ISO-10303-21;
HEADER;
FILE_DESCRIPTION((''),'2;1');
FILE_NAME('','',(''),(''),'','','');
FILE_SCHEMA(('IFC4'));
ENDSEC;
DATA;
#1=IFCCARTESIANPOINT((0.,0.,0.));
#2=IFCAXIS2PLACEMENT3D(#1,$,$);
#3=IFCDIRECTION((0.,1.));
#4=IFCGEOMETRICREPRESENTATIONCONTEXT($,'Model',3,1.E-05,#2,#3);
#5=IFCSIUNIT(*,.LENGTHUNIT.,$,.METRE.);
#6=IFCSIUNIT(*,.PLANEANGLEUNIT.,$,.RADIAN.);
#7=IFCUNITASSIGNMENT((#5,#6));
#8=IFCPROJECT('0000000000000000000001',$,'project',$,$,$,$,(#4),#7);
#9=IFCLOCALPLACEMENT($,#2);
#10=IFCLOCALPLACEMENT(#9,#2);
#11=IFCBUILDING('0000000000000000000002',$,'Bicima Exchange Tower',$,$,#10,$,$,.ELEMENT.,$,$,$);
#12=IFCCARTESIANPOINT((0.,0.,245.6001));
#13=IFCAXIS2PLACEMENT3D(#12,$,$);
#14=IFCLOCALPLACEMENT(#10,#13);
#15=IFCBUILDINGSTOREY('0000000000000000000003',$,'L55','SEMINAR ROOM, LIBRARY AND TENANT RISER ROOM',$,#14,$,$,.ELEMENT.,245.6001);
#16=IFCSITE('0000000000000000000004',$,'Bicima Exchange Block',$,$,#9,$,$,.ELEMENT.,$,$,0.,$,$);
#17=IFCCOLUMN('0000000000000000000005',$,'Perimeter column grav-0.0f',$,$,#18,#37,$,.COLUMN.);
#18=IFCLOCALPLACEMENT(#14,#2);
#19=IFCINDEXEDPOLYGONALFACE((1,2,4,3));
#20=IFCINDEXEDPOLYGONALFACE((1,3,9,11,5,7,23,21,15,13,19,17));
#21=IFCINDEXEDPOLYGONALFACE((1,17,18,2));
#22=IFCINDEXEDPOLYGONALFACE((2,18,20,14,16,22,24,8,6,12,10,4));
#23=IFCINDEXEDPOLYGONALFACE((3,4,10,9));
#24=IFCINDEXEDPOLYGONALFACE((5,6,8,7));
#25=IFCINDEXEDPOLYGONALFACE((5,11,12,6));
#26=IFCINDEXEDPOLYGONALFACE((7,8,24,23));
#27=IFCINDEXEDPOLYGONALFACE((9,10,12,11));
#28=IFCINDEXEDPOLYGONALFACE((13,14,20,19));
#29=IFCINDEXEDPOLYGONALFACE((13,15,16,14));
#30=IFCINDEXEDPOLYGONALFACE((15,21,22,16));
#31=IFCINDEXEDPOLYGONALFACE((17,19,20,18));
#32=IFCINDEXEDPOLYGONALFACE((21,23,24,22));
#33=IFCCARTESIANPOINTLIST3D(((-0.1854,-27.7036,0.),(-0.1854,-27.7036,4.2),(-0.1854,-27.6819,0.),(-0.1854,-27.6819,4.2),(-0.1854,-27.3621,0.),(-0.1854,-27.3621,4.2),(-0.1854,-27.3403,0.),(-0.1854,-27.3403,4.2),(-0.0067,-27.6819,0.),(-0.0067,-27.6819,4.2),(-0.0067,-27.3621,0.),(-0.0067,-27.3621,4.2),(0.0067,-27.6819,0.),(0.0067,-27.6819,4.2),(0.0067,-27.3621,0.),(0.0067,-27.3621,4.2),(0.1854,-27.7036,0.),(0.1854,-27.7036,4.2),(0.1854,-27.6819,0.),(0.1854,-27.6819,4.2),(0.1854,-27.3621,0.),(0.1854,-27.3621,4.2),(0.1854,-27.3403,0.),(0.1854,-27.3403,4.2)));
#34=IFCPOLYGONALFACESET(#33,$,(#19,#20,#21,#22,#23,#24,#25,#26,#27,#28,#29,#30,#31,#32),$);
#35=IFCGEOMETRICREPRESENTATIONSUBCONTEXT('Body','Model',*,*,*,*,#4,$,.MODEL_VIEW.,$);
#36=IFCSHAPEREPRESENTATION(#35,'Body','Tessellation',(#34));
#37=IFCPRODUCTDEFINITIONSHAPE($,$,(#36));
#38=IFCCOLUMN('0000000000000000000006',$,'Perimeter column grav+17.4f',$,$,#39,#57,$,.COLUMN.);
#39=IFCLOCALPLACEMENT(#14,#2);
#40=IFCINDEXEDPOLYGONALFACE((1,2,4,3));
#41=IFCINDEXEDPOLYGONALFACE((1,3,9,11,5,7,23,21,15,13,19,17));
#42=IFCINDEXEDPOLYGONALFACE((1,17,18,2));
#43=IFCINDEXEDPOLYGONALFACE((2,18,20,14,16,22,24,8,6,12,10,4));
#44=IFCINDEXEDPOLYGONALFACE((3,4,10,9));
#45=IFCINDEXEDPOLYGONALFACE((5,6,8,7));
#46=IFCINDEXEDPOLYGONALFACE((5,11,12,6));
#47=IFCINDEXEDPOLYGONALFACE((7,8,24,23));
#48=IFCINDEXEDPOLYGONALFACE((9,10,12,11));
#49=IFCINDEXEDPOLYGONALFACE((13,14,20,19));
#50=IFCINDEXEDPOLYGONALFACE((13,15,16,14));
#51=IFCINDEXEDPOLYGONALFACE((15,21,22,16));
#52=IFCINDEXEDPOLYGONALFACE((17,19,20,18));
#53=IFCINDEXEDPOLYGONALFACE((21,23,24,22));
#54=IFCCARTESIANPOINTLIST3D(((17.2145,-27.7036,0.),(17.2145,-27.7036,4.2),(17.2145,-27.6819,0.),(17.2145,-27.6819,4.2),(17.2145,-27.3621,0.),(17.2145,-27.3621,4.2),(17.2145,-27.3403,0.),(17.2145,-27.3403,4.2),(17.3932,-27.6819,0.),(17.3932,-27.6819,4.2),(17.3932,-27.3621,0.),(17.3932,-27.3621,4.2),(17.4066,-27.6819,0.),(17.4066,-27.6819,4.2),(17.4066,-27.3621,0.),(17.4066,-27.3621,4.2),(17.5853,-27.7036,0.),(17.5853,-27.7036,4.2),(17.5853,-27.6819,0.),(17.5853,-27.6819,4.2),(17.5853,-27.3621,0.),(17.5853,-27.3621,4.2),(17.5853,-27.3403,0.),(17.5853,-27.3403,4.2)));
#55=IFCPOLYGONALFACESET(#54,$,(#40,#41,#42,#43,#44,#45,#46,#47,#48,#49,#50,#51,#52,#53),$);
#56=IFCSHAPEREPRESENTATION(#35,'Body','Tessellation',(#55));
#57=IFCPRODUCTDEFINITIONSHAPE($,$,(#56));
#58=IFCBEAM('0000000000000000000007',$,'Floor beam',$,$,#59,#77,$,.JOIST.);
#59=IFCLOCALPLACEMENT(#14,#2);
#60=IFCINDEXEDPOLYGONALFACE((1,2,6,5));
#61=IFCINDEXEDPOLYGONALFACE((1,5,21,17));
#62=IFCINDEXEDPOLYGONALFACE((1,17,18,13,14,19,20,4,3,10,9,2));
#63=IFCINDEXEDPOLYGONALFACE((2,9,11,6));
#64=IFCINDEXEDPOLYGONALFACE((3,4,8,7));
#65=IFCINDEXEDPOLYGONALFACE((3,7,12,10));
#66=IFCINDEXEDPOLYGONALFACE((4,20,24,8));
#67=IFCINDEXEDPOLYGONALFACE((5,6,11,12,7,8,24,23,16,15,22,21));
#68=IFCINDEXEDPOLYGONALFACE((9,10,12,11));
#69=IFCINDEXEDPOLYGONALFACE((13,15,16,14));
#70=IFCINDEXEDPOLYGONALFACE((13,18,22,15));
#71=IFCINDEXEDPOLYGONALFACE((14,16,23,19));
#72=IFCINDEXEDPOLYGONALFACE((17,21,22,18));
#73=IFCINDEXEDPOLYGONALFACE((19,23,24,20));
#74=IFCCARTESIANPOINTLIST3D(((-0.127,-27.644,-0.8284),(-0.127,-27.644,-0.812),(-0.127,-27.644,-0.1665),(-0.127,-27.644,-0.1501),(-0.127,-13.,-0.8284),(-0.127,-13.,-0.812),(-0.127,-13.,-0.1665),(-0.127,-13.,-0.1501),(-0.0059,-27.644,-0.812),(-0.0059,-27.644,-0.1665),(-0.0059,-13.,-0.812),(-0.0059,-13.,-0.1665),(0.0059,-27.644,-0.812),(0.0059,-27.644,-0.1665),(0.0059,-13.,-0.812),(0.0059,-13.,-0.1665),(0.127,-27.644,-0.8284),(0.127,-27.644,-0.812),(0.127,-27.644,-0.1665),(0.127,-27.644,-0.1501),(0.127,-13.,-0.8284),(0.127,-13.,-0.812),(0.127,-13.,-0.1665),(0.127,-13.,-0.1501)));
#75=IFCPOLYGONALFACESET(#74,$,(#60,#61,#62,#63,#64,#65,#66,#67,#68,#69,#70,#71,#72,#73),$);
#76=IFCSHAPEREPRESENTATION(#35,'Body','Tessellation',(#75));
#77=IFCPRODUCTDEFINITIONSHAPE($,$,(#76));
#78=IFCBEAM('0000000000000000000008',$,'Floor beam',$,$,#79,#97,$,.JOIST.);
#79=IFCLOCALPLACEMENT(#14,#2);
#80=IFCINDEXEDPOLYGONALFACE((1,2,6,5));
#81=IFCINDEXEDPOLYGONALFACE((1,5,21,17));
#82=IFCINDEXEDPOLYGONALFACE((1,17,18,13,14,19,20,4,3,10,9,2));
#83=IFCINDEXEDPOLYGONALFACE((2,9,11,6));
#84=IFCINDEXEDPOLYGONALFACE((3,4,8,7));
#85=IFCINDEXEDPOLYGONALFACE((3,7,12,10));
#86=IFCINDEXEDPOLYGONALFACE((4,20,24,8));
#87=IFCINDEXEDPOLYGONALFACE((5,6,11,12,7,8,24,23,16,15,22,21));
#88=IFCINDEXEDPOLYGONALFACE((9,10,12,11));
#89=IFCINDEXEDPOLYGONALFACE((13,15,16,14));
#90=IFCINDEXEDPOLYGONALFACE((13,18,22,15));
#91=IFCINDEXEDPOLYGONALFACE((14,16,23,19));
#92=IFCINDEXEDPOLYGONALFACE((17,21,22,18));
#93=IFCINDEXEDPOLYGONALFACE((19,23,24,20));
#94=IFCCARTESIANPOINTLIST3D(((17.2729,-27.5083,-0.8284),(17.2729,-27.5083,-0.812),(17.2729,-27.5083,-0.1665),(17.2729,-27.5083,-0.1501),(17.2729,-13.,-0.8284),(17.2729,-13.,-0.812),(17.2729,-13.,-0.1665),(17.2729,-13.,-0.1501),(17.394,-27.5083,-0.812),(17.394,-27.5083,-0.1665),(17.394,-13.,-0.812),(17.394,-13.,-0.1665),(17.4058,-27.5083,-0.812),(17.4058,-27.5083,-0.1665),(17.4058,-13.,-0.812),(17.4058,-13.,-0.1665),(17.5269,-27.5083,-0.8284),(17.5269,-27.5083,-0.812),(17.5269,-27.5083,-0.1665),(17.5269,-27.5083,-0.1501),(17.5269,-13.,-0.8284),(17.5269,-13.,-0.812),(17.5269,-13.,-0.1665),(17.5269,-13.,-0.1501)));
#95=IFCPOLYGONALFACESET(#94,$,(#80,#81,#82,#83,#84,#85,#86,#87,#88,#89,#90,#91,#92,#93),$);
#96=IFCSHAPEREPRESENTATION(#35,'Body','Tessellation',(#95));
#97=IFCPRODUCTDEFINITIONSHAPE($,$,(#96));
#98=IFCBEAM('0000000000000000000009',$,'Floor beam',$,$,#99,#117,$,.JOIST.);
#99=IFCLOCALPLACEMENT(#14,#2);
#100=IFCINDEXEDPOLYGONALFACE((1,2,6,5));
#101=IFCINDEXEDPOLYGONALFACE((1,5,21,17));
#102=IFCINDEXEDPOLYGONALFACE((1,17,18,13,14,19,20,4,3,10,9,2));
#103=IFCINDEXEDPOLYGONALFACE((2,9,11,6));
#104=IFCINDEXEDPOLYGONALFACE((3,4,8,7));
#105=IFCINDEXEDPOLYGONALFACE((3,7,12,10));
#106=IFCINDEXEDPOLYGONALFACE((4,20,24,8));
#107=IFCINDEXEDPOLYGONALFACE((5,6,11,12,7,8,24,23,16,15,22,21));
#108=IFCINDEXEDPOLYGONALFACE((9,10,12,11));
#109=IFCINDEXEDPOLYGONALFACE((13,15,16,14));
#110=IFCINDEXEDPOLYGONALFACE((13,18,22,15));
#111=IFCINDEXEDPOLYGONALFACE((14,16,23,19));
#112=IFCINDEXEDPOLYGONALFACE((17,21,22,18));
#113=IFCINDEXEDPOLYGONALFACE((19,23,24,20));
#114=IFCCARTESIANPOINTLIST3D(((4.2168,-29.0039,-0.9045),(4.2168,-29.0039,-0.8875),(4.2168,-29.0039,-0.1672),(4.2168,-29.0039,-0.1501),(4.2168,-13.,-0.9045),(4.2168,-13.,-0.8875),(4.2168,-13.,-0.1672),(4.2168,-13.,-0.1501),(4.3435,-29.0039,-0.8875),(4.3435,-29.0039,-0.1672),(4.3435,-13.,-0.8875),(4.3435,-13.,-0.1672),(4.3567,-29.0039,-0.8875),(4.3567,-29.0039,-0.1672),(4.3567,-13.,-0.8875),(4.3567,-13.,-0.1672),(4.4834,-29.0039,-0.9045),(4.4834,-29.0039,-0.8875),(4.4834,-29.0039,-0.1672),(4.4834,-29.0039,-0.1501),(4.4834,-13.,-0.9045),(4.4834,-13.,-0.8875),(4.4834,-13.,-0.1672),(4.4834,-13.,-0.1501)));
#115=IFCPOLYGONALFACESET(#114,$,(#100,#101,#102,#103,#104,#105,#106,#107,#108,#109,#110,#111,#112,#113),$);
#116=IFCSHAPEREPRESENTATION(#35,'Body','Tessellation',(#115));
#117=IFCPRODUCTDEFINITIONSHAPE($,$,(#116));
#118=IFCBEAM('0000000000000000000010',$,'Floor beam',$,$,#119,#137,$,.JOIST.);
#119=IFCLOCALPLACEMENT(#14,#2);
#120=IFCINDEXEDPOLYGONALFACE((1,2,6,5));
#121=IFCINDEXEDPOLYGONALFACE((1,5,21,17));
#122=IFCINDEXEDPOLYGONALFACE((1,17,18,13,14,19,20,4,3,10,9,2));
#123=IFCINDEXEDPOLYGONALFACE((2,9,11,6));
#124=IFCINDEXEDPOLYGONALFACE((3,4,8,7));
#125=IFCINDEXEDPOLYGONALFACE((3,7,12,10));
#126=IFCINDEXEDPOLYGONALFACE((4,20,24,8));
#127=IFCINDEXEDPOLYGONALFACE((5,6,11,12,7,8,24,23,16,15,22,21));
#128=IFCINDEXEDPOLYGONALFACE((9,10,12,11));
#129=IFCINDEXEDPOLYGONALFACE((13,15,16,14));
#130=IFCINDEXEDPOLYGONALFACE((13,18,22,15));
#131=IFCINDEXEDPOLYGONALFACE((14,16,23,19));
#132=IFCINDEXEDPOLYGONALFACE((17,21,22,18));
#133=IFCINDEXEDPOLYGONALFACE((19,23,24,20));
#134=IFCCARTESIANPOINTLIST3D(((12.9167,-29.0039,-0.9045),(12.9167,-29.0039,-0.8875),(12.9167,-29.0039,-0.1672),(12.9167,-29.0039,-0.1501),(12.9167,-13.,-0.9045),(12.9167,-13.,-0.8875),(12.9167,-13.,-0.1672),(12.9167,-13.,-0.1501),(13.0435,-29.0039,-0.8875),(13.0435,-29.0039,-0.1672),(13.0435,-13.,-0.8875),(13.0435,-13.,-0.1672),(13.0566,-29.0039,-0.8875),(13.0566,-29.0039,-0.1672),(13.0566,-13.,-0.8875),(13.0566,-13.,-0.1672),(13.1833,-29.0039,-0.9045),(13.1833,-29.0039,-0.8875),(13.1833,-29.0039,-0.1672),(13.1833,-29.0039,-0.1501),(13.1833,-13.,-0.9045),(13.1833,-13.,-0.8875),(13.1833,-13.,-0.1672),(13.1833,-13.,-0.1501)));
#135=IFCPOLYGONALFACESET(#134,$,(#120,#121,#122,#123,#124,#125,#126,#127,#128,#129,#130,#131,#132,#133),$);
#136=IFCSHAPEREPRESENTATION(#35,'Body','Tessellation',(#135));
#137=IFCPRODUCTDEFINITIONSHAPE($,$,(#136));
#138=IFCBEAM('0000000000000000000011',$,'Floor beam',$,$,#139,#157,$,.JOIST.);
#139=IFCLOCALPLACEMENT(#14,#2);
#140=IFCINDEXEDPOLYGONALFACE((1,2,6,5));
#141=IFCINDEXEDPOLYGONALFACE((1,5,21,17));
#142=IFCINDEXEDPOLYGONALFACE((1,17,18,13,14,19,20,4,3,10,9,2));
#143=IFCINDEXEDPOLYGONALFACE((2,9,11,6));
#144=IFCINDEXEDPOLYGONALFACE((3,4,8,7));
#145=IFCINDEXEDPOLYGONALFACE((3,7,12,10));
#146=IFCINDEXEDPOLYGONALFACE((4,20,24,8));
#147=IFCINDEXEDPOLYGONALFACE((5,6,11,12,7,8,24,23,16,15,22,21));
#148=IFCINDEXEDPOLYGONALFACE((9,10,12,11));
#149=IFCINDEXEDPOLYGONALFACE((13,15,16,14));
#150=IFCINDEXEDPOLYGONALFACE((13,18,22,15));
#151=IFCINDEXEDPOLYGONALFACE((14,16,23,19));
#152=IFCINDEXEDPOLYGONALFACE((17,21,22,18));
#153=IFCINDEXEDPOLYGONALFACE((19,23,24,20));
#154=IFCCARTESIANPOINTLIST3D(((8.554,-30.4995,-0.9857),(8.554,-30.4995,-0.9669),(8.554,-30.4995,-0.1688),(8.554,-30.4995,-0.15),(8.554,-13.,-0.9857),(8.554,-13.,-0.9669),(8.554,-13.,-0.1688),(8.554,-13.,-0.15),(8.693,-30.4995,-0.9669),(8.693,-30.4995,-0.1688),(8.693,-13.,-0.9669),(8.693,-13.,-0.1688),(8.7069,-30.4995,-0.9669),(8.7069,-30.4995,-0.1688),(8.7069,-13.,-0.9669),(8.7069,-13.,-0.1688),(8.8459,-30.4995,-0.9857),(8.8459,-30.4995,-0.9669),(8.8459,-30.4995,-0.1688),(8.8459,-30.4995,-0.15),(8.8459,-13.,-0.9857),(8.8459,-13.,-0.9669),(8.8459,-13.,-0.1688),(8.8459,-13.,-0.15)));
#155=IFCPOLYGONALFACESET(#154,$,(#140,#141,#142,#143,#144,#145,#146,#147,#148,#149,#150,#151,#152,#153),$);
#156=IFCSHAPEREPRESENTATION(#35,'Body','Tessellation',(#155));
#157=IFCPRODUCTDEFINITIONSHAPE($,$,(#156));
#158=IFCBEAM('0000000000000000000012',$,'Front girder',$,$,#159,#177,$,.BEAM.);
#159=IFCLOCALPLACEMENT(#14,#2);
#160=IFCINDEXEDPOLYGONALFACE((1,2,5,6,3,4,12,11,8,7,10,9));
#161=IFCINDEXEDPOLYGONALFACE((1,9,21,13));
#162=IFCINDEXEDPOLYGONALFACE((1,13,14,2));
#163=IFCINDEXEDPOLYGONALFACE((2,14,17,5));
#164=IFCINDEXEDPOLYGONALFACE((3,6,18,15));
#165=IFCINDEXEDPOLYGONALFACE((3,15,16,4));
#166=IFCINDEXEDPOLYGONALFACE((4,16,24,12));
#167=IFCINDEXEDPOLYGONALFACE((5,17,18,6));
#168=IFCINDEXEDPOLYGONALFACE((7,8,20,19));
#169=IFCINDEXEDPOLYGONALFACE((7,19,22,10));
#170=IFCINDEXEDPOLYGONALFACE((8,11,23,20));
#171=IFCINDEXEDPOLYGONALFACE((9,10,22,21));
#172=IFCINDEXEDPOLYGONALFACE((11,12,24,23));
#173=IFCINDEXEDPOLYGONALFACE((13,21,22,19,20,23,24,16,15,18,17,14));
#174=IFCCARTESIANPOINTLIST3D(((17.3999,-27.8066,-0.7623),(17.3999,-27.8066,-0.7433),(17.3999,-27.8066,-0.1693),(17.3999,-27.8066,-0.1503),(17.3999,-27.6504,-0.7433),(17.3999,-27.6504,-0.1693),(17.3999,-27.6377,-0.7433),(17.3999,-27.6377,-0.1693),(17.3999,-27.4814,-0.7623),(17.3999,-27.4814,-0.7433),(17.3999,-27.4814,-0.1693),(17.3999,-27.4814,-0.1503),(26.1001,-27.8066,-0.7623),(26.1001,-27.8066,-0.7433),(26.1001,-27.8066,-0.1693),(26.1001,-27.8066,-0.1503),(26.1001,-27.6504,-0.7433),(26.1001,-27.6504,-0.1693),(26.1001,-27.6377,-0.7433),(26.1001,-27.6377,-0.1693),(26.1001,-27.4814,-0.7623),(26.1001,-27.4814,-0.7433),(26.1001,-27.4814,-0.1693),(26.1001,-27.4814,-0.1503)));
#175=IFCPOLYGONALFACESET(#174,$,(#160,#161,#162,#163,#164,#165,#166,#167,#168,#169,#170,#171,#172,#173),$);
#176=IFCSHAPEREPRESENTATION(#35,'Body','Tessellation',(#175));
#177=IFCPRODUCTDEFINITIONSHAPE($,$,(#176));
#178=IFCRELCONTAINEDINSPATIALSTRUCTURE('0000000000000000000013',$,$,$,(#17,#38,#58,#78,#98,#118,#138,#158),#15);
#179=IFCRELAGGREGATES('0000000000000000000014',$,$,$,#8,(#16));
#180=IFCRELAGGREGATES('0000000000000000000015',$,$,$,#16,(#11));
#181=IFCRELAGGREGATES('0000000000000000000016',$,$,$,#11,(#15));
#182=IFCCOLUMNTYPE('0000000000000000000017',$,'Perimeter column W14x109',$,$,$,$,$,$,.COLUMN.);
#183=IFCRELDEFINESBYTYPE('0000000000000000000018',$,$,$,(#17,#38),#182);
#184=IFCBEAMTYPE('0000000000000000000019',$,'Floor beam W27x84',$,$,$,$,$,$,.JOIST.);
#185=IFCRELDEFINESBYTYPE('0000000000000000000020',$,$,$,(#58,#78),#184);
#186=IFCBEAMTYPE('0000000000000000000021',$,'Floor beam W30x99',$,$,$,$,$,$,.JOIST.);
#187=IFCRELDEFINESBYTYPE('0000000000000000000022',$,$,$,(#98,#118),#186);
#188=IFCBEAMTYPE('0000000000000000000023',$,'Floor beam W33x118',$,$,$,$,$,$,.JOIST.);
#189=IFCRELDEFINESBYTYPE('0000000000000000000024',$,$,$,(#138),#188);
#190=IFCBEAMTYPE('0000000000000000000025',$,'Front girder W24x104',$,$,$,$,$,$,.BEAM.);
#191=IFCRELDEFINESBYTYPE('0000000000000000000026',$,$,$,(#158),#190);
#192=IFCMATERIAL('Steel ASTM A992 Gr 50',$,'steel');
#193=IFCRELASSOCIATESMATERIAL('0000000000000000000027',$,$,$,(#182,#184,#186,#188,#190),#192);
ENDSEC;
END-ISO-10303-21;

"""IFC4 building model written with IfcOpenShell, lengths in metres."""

from ifc_helpers import new_model, si_unit, direction, frame, origin, origin_2d, place, context, subcontext, project, spatial, i_section, extrude, material, material_profile, profile_set, type_object, element, save


model = new_model("IFC4")

# Units and contexts
model_context = context("Model", 3, precision=1e-05, world=origin(), true_north=direction((0.0, 1.0)))
body_context = subcontext(model_context, "Body", "Model", "MODEL_VIEW")
ifc_project = project(units=[si_unit("LENGTHUNIT", "METRE"), si_unit("PLANEANGLEUNIT", "RADIAN")], contexts=[model_context])

# Site, building, storey
site_placement = place(None, origin())
site = spatial("IfcSite", under=ifc_project, at=site_placement, Name="Bicima Exchange Block", CompositionType="ELEMENT", RefElevation=0.0)
building_placement = place(site_placement, origin())
building = spatial("IfcBuilding", under=site, at=building_placement, Name="Bicima Exchange Tower", CompositionType="ELEMENT")
storey_placement = place(building_placement, frame((0.0, 0.0, 245.6001)))
storey = spatial("IfcBuildingStorey", under=building, at=storey_placement, Name="L55", Description="SEMINAR ROOM, LIBRARY AND TENANT RISER ROOM", CompositionType="ELEMENT", Elevation=245.6001)

# Columns
ifc_material_1 = material(Name="Steel ASTM A992 Gr 50", Category="steel")
ifc_material_profile_1 = material_profile(ifc_material_1, i_section(OverallWidth=0.3708, OverallDepth=0.3633, WebThickness=0.0134, FlangeThickness=0.0217, at=origin_2d()))
ifc_profile_set_1 = profile_set([ifc_material_profile_1], Name="Steel ASTM A992 Gr 50")
column_type = type_object("IfcColumnType", Name="Perimeter column W14x109", PredefinedType="COLUMN", material=ifc_profile_set_1)
for number, where, z_axis, x_axis, name in (
    (1, (0.0, -27.522, 0.0), (0.0, 0.0, 1.0), (1.0, 0.0, 0.0), "Perimeter column grav-0.0f"),
    (2, (17.3999, -27.522, 0.0), (0.0, 0.0, 1.0), (1.0, 0.0, 0.0), "Perimeter column grav+17.4f"),
):
    element("IfcColumn", number, at=place(storey_placement, frame(where, z_axis=z_axis, x_axis=x_axis)), inside=storey, type_object=column_type, Name=name, PredefinedType="COLUMN", context=body_context, shape_type="SweptSolid", body=[
        extrude(i_section(OverallWidth=0.3708, OverallDepth=0.3633, WebThickness=0.0134, FlangeThickness=0.0217, at=origin_2d()), origin(), (0.0, 0.0, 1.0), 4.2),
    ])

# Beams
ifc_material_profile_2 = material_profile(ifc_material_1, i_section(OverallWidth=0.2539, OverallDepth=0.6782, WebThickness=0.0117, FlangeThickness=0.0164, at=origin_2d()))
ifc_profile_set_2 = profile_set([ifc_material_profile_2], Name="Steel ASTM A992 Gr 50")
beam_type_1 = type_object("IfcBeamType", Name="Floor beam W27x84", PredefinedType="JOIST", material=ifc_profile_set_2)
beam_1_placement = place(storey_placement, frame((0.0, -13.0, -0.4893), z_axis=(0.0, -1.0, 0.0), x_axis=(1.0, 0.0, 0.0)))
element("IfcBeam", 3, at=beam_1_placement, inside=storey, type_object=beam_type_1, Name="Floor beam", PredefinedType="JOIST", context=body_context, shape_type="SweptSolid", body=[
    extrude(i_section(OverallWidth=0.2539, OverallDepth=0.6782, WebThickness=0.0117, FlangeThickness=0.0164, at=origin_2d()), origin(), (0.0, 0.0, 1.0), 14.644),
])
beam_2_placement = place(storey_placement, frame((17.3999, -13.0, -0.4893), z_axis=(0.0, -1.0, 0.0), x_axis=(1.0, 0.0, 0.0)))
element("IfcBeam", 4, at=beam_2_placement, inside=storey, type_object=beam_type_1, Name="Floor beam", PredefinedType="JOIST", context=body_context, shape_type="SweptSolid", body=[
    extrude(i_section(OverallWidth=0.2539, OverallDepth=0.6782, WebThickness=0.0117, FlangeThickness=0.0164, at=origin_2d()), origin(), (0.0, 0.0, 1.0), 14.5083),
])
ifc_material_profile_3 = material_profile(ifc_material_1, i_section(OverallWidth=0.2666, OverallDepth=0.7544, WebThickness=0.0132, FlangeThickness=0.0171, at=origin_2d()))
ifc_profile_set_3 = profile_set([ifc_material_profile_3], Name="Steel ASTM A992 Gr 50")
beam_type_2 = type_object("IfcBeamType", Name="Floor beam W30x99", PredefinedType="JOIST", material=ifc_profile_set_3)
for number, where, z_axis, x_axis, name in (
    (5, (4.3501, -13.0, -0.5273), (0.0, -1.0, 0.0), (1.0, 0.0, 0.0), "Floor beam"),
    (6, (13.05, -13.0, -0.5273), (0.0, -1.0, 0.0), (1.0, 0.0, 0.0), "Floor beam"),
):
    element("IfcBeam", number, at=place(storey_placement, frame(where, z_axis=z_axis, x_axis=x_axis)), inside=storey, type_object=beam_type_2, Name=name, PredefinedType="JOIST", context=body_context, shape_type="SweptSolid", body=[
        extrude(i_section(OverallWidth=0.2666, OverallDepth=0.7544, WebThickness=0.0132, FlangeThickness=0.0171, at=origin_2d()), origin(), (0.0, 0.0, 1.0), 16.0039),
    ])
ifc_material_profile_4 = material_profile(ifc_material_1, i_section(OverallWidth=0.292, OverallDepth=0.8357, WebThickness=0.0139, FlangeThickness=0.0188, at=origin_2d()))
ifc_profile_set_4 = profile_set([ifc_material_profile_4], Name="Steel ASTM A992 Gr 50")
beam_type_3 = type_object("IfcBeamType", Name="Floor beam W33x118", PredefinedType="JOIST", material=ifc_profile_set_4)
beam_3_placement = place(storey_placement, frame((8.7, -13.0, -0.5679), z_axis=(0.0, -1.0, 0.0), x_axis=(1.0, 0.0, 0.0)))
element("IfcBeam", 7, at=beam_3_placement, inside=storey, type_object=beam_type_3, Name="Floor beam", PredefinedType="JOIST", context=body_context, shape_type="SweptSolid", body=[
    extrude(i_section(OverallWidth=0.292, OverallDepth=0.8357, WebThickness=0.0139, FlangeThickness=0.0188, at=origin_2d()), origin(), (0.0, 0.0, 1.0), 17.4995),
])
ifc_material_profile_5 = material_profile(ifc_material_1, i_section(OverallWidth=0.3252, OverallDepth=0.6121, WebThickness=0.0127, FlangeThickness=0.019, at=origin_2d()))
ifc_profile_set_5 = profile_set([ifc_material_profile_5], Name="Steel ASTM A992 Gr 50")
beam_type_4 = type_object("IfcBeamType", Name="Front girder W24x104", PredefinedType="BEAM", material=ifc_profile_set_5)
beam_4_placement = place(storey_placement, frame((17.3999, -27.644, -0.4563), z_axis=(1.0, 0.0, 0.0), x_axis=(0.0, 1.0, 0.0)))
element("IfcBeam", 8, at=beam_4_placement, inside=storey, type_object=beam_type_4, Name="Front girder", PredefinedType="BEAM", context=body_context, shape_type="SweptSolid", body=[
    extrude(i_section(OverallWidth=0.3252, OverallDepth=0.6121, WebThickness=0.0127, FlangeThickness=0.019, at=origin_2d()), origin(), (0.0, 0.0, 1.0), 8.7002),
])

save(model, "model.ifc")
